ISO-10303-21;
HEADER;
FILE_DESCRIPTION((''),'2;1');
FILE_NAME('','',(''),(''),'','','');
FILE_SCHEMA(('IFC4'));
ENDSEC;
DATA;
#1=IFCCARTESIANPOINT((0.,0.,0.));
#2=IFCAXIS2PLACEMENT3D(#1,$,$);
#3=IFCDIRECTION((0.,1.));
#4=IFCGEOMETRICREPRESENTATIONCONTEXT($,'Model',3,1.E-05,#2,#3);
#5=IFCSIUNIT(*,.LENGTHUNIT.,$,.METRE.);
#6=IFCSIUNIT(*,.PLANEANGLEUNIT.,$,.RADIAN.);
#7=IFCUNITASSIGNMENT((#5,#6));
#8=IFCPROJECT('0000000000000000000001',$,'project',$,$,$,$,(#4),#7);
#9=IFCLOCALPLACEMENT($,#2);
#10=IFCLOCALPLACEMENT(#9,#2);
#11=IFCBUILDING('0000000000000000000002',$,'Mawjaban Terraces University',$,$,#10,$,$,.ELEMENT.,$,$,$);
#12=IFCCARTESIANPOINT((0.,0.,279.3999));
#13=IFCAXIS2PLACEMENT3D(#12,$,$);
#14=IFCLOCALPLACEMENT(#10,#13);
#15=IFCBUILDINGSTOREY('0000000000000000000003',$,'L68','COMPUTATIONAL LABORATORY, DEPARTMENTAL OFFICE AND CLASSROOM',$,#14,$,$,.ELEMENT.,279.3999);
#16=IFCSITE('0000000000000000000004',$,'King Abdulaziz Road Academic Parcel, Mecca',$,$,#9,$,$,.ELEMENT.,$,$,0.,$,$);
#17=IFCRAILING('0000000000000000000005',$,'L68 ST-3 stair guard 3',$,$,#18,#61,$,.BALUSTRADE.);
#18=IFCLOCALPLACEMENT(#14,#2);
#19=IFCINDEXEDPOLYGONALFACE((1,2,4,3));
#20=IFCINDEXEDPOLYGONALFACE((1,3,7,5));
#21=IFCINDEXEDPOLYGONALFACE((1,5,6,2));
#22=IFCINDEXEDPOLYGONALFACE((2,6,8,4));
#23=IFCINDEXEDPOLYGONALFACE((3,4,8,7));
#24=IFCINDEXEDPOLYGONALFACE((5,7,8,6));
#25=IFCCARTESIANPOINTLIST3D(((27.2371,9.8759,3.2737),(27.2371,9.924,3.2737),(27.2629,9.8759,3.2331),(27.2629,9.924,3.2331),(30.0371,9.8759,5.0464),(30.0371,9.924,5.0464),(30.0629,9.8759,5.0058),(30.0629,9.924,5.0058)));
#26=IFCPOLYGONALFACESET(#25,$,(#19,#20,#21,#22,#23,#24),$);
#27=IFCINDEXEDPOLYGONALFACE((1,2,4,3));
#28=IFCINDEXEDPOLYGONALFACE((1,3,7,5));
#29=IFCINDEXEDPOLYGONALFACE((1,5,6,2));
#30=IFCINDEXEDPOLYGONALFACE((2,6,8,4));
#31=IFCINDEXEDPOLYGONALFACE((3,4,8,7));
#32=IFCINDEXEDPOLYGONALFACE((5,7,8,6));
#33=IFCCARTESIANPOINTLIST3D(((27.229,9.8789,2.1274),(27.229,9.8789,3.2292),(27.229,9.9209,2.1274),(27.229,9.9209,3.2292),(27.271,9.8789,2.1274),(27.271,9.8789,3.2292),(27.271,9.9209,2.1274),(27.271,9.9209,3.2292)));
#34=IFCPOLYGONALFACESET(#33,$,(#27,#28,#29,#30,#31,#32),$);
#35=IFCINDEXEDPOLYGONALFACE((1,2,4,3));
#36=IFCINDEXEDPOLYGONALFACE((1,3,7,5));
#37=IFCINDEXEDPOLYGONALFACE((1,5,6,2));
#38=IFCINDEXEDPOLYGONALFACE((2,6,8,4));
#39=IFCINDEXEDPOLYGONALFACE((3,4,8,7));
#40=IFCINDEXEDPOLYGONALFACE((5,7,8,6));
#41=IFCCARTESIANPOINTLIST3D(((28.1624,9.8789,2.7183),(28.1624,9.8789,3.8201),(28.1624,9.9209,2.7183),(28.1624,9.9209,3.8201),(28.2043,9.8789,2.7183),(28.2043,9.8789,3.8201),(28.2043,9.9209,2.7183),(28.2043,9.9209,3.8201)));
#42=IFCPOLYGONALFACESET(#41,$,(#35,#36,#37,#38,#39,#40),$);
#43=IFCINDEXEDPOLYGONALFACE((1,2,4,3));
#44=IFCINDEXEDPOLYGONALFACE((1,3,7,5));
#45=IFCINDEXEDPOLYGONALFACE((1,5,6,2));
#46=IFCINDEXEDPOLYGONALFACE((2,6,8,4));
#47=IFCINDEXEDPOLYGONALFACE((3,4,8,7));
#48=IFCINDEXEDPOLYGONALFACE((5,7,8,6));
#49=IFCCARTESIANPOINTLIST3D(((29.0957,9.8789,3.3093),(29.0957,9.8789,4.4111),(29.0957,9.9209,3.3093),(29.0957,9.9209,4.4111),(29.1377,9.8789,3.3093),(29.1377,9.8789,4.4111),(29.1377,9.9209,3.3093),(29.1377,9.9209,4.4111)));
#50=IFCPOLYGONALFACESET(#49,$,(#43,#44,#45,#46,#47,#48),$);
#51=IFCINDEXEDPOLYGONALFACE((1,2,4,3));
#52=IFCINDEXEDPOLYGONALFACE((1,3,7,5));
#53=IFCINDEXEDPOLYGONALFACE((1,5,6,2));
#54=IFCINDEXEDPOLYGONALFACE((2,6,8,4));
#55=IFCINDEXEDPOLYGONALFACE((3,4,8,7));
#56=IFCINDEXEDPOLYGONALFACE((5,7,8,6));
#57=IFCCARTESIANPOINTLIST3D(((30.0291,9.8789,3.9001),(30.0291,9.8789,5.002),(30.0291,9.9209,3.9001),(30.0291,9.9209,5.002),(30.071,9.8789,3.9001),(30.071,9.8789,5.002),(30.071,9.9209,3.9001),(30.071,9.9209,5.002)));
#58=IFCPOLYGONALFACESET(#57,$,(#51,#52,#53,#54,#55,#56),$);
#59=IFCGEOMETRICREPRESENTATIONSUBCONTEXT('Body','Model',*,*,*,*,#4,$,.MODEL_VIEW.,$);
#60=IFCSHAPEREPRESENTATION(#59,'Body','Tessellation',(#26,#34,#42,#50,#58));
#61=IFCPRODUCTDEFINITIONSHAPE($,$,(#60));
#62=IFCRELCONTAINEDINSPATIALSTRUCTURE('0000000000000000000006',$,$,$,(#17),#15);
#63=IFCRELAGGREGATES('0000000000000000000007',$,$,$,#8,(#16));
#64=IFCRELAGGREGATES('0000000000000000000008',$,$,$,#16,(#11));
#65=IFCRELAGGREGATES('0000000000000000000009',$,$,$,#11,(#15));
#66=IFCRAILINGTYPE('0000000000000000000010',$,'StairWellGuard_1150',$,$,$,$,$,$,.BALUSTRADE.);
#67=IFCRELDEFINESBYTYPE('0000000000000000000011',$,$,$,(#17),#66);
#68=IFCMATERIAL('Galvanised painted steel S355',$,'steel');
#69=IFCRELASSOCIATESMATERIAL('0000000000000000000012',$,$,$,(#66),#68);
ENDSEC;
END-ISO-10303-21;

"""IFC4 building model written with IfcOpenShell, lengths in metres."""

from ifc_helpers import new_model, si_unit, direction, frame, origin, origin_2d, place, context, subcontext, project, spatial, rectangle, extrude, material, type_object, element, save


model = new_model("IFC4")

# Units and contexts
model_context = context("Model", 3, precision=1e-05, world=origin(), true_north=direction((0.0, 1.0)))
body_context = subcontext(model_context, "Body", "Model", "MODEL_VIEW")
ifc_project = project(units=[si_unit("LENGTHUNIT", "METRE"), si_unit("PLANEANGLEUNIT", "RADIAN")], contexts=[model_context])

# Site, building, storey
site_placement = place(None, origin())
site = spatial("IfcSite", under=ifc_project, at=site_placement, Name="King Abdulaziz Road Academic Parcel, Mecca", CompositionType="ELEMENT", RefElevation=0.0)
building_placement = place(site_placement, origin())
building = spatial("IfcBuilding", under=site, at=building_placement, Name="Mawjaban Terraces University", CompositionType="ELEMENT")
storey_placement = place(building_placement, frame((0.0, 0.0, 279.3999)))
storey = spatial("IfcBuildingStorey", under=building, at=storey_placement, Name="L68", Description="COMPUTATIONAL LABORATORY, DEPARTMENTAL OFFICE AND CLASSROOM", CompositionType="ELEMENT", Elevation=279.3999)

# Railing
ifc_material_1 = material(Name="Galvanised painted steel S355", Category="steel")
railing_type_1 = type_object("IfcRailingType", Name="StairWellGuard_1150", PredefinedType="BALUSTRADE", material=ifc_material_1)
railing_1_placement = place(storey_placement, frame((27.25, 9.8999, 2.1274)))
element("IfcRailing", 1, at=railing_1_placement, inside=storey, type_object=railing_type_1, Name="L68 ST-3 stair guard 3", PredefinedType="BALUSTRADE", context=body_context, shape_type="SweptSolid", body=[
    extrude(rectangle(XDim=0.0481, YDim=0.0481, at=origin_2d()), frame((0.0, 0.0, 1.126), z_axis=(0.844909, 0.0, 0.53491), x_axis=(0.0, 1.0, 0.0)), (0.0, 0.0, 1.0), 3.314),
    extrude(rectangle(XDim=0.042, YDim=0.042, at=origin_2d()), origin(), (0.0, 0.0, 1.0), 1.1018),
    extrude(rectangle(XDim=0.042, YDim=0.042, at=origin_2d()), frame((0.9333, 0.0, 0.5908)), (0.0, 0.0, 1.0), 1.1018),
    extrude(rectangle(XDim=0.042, YDim=0.042, at=origin_2d()), frame((1.8667, 0.0, 1.1819)), (0.0, 0.0, 1.0), 1.1018),
    extrude(rectangle(XDim=0.042, YDim=0.042, at=origin_2d()), frame((2.8, 0.0, 1.7727)), (0.0, 0.0, 1.0), 1.1018),
])

save(model, "model.ifc")
